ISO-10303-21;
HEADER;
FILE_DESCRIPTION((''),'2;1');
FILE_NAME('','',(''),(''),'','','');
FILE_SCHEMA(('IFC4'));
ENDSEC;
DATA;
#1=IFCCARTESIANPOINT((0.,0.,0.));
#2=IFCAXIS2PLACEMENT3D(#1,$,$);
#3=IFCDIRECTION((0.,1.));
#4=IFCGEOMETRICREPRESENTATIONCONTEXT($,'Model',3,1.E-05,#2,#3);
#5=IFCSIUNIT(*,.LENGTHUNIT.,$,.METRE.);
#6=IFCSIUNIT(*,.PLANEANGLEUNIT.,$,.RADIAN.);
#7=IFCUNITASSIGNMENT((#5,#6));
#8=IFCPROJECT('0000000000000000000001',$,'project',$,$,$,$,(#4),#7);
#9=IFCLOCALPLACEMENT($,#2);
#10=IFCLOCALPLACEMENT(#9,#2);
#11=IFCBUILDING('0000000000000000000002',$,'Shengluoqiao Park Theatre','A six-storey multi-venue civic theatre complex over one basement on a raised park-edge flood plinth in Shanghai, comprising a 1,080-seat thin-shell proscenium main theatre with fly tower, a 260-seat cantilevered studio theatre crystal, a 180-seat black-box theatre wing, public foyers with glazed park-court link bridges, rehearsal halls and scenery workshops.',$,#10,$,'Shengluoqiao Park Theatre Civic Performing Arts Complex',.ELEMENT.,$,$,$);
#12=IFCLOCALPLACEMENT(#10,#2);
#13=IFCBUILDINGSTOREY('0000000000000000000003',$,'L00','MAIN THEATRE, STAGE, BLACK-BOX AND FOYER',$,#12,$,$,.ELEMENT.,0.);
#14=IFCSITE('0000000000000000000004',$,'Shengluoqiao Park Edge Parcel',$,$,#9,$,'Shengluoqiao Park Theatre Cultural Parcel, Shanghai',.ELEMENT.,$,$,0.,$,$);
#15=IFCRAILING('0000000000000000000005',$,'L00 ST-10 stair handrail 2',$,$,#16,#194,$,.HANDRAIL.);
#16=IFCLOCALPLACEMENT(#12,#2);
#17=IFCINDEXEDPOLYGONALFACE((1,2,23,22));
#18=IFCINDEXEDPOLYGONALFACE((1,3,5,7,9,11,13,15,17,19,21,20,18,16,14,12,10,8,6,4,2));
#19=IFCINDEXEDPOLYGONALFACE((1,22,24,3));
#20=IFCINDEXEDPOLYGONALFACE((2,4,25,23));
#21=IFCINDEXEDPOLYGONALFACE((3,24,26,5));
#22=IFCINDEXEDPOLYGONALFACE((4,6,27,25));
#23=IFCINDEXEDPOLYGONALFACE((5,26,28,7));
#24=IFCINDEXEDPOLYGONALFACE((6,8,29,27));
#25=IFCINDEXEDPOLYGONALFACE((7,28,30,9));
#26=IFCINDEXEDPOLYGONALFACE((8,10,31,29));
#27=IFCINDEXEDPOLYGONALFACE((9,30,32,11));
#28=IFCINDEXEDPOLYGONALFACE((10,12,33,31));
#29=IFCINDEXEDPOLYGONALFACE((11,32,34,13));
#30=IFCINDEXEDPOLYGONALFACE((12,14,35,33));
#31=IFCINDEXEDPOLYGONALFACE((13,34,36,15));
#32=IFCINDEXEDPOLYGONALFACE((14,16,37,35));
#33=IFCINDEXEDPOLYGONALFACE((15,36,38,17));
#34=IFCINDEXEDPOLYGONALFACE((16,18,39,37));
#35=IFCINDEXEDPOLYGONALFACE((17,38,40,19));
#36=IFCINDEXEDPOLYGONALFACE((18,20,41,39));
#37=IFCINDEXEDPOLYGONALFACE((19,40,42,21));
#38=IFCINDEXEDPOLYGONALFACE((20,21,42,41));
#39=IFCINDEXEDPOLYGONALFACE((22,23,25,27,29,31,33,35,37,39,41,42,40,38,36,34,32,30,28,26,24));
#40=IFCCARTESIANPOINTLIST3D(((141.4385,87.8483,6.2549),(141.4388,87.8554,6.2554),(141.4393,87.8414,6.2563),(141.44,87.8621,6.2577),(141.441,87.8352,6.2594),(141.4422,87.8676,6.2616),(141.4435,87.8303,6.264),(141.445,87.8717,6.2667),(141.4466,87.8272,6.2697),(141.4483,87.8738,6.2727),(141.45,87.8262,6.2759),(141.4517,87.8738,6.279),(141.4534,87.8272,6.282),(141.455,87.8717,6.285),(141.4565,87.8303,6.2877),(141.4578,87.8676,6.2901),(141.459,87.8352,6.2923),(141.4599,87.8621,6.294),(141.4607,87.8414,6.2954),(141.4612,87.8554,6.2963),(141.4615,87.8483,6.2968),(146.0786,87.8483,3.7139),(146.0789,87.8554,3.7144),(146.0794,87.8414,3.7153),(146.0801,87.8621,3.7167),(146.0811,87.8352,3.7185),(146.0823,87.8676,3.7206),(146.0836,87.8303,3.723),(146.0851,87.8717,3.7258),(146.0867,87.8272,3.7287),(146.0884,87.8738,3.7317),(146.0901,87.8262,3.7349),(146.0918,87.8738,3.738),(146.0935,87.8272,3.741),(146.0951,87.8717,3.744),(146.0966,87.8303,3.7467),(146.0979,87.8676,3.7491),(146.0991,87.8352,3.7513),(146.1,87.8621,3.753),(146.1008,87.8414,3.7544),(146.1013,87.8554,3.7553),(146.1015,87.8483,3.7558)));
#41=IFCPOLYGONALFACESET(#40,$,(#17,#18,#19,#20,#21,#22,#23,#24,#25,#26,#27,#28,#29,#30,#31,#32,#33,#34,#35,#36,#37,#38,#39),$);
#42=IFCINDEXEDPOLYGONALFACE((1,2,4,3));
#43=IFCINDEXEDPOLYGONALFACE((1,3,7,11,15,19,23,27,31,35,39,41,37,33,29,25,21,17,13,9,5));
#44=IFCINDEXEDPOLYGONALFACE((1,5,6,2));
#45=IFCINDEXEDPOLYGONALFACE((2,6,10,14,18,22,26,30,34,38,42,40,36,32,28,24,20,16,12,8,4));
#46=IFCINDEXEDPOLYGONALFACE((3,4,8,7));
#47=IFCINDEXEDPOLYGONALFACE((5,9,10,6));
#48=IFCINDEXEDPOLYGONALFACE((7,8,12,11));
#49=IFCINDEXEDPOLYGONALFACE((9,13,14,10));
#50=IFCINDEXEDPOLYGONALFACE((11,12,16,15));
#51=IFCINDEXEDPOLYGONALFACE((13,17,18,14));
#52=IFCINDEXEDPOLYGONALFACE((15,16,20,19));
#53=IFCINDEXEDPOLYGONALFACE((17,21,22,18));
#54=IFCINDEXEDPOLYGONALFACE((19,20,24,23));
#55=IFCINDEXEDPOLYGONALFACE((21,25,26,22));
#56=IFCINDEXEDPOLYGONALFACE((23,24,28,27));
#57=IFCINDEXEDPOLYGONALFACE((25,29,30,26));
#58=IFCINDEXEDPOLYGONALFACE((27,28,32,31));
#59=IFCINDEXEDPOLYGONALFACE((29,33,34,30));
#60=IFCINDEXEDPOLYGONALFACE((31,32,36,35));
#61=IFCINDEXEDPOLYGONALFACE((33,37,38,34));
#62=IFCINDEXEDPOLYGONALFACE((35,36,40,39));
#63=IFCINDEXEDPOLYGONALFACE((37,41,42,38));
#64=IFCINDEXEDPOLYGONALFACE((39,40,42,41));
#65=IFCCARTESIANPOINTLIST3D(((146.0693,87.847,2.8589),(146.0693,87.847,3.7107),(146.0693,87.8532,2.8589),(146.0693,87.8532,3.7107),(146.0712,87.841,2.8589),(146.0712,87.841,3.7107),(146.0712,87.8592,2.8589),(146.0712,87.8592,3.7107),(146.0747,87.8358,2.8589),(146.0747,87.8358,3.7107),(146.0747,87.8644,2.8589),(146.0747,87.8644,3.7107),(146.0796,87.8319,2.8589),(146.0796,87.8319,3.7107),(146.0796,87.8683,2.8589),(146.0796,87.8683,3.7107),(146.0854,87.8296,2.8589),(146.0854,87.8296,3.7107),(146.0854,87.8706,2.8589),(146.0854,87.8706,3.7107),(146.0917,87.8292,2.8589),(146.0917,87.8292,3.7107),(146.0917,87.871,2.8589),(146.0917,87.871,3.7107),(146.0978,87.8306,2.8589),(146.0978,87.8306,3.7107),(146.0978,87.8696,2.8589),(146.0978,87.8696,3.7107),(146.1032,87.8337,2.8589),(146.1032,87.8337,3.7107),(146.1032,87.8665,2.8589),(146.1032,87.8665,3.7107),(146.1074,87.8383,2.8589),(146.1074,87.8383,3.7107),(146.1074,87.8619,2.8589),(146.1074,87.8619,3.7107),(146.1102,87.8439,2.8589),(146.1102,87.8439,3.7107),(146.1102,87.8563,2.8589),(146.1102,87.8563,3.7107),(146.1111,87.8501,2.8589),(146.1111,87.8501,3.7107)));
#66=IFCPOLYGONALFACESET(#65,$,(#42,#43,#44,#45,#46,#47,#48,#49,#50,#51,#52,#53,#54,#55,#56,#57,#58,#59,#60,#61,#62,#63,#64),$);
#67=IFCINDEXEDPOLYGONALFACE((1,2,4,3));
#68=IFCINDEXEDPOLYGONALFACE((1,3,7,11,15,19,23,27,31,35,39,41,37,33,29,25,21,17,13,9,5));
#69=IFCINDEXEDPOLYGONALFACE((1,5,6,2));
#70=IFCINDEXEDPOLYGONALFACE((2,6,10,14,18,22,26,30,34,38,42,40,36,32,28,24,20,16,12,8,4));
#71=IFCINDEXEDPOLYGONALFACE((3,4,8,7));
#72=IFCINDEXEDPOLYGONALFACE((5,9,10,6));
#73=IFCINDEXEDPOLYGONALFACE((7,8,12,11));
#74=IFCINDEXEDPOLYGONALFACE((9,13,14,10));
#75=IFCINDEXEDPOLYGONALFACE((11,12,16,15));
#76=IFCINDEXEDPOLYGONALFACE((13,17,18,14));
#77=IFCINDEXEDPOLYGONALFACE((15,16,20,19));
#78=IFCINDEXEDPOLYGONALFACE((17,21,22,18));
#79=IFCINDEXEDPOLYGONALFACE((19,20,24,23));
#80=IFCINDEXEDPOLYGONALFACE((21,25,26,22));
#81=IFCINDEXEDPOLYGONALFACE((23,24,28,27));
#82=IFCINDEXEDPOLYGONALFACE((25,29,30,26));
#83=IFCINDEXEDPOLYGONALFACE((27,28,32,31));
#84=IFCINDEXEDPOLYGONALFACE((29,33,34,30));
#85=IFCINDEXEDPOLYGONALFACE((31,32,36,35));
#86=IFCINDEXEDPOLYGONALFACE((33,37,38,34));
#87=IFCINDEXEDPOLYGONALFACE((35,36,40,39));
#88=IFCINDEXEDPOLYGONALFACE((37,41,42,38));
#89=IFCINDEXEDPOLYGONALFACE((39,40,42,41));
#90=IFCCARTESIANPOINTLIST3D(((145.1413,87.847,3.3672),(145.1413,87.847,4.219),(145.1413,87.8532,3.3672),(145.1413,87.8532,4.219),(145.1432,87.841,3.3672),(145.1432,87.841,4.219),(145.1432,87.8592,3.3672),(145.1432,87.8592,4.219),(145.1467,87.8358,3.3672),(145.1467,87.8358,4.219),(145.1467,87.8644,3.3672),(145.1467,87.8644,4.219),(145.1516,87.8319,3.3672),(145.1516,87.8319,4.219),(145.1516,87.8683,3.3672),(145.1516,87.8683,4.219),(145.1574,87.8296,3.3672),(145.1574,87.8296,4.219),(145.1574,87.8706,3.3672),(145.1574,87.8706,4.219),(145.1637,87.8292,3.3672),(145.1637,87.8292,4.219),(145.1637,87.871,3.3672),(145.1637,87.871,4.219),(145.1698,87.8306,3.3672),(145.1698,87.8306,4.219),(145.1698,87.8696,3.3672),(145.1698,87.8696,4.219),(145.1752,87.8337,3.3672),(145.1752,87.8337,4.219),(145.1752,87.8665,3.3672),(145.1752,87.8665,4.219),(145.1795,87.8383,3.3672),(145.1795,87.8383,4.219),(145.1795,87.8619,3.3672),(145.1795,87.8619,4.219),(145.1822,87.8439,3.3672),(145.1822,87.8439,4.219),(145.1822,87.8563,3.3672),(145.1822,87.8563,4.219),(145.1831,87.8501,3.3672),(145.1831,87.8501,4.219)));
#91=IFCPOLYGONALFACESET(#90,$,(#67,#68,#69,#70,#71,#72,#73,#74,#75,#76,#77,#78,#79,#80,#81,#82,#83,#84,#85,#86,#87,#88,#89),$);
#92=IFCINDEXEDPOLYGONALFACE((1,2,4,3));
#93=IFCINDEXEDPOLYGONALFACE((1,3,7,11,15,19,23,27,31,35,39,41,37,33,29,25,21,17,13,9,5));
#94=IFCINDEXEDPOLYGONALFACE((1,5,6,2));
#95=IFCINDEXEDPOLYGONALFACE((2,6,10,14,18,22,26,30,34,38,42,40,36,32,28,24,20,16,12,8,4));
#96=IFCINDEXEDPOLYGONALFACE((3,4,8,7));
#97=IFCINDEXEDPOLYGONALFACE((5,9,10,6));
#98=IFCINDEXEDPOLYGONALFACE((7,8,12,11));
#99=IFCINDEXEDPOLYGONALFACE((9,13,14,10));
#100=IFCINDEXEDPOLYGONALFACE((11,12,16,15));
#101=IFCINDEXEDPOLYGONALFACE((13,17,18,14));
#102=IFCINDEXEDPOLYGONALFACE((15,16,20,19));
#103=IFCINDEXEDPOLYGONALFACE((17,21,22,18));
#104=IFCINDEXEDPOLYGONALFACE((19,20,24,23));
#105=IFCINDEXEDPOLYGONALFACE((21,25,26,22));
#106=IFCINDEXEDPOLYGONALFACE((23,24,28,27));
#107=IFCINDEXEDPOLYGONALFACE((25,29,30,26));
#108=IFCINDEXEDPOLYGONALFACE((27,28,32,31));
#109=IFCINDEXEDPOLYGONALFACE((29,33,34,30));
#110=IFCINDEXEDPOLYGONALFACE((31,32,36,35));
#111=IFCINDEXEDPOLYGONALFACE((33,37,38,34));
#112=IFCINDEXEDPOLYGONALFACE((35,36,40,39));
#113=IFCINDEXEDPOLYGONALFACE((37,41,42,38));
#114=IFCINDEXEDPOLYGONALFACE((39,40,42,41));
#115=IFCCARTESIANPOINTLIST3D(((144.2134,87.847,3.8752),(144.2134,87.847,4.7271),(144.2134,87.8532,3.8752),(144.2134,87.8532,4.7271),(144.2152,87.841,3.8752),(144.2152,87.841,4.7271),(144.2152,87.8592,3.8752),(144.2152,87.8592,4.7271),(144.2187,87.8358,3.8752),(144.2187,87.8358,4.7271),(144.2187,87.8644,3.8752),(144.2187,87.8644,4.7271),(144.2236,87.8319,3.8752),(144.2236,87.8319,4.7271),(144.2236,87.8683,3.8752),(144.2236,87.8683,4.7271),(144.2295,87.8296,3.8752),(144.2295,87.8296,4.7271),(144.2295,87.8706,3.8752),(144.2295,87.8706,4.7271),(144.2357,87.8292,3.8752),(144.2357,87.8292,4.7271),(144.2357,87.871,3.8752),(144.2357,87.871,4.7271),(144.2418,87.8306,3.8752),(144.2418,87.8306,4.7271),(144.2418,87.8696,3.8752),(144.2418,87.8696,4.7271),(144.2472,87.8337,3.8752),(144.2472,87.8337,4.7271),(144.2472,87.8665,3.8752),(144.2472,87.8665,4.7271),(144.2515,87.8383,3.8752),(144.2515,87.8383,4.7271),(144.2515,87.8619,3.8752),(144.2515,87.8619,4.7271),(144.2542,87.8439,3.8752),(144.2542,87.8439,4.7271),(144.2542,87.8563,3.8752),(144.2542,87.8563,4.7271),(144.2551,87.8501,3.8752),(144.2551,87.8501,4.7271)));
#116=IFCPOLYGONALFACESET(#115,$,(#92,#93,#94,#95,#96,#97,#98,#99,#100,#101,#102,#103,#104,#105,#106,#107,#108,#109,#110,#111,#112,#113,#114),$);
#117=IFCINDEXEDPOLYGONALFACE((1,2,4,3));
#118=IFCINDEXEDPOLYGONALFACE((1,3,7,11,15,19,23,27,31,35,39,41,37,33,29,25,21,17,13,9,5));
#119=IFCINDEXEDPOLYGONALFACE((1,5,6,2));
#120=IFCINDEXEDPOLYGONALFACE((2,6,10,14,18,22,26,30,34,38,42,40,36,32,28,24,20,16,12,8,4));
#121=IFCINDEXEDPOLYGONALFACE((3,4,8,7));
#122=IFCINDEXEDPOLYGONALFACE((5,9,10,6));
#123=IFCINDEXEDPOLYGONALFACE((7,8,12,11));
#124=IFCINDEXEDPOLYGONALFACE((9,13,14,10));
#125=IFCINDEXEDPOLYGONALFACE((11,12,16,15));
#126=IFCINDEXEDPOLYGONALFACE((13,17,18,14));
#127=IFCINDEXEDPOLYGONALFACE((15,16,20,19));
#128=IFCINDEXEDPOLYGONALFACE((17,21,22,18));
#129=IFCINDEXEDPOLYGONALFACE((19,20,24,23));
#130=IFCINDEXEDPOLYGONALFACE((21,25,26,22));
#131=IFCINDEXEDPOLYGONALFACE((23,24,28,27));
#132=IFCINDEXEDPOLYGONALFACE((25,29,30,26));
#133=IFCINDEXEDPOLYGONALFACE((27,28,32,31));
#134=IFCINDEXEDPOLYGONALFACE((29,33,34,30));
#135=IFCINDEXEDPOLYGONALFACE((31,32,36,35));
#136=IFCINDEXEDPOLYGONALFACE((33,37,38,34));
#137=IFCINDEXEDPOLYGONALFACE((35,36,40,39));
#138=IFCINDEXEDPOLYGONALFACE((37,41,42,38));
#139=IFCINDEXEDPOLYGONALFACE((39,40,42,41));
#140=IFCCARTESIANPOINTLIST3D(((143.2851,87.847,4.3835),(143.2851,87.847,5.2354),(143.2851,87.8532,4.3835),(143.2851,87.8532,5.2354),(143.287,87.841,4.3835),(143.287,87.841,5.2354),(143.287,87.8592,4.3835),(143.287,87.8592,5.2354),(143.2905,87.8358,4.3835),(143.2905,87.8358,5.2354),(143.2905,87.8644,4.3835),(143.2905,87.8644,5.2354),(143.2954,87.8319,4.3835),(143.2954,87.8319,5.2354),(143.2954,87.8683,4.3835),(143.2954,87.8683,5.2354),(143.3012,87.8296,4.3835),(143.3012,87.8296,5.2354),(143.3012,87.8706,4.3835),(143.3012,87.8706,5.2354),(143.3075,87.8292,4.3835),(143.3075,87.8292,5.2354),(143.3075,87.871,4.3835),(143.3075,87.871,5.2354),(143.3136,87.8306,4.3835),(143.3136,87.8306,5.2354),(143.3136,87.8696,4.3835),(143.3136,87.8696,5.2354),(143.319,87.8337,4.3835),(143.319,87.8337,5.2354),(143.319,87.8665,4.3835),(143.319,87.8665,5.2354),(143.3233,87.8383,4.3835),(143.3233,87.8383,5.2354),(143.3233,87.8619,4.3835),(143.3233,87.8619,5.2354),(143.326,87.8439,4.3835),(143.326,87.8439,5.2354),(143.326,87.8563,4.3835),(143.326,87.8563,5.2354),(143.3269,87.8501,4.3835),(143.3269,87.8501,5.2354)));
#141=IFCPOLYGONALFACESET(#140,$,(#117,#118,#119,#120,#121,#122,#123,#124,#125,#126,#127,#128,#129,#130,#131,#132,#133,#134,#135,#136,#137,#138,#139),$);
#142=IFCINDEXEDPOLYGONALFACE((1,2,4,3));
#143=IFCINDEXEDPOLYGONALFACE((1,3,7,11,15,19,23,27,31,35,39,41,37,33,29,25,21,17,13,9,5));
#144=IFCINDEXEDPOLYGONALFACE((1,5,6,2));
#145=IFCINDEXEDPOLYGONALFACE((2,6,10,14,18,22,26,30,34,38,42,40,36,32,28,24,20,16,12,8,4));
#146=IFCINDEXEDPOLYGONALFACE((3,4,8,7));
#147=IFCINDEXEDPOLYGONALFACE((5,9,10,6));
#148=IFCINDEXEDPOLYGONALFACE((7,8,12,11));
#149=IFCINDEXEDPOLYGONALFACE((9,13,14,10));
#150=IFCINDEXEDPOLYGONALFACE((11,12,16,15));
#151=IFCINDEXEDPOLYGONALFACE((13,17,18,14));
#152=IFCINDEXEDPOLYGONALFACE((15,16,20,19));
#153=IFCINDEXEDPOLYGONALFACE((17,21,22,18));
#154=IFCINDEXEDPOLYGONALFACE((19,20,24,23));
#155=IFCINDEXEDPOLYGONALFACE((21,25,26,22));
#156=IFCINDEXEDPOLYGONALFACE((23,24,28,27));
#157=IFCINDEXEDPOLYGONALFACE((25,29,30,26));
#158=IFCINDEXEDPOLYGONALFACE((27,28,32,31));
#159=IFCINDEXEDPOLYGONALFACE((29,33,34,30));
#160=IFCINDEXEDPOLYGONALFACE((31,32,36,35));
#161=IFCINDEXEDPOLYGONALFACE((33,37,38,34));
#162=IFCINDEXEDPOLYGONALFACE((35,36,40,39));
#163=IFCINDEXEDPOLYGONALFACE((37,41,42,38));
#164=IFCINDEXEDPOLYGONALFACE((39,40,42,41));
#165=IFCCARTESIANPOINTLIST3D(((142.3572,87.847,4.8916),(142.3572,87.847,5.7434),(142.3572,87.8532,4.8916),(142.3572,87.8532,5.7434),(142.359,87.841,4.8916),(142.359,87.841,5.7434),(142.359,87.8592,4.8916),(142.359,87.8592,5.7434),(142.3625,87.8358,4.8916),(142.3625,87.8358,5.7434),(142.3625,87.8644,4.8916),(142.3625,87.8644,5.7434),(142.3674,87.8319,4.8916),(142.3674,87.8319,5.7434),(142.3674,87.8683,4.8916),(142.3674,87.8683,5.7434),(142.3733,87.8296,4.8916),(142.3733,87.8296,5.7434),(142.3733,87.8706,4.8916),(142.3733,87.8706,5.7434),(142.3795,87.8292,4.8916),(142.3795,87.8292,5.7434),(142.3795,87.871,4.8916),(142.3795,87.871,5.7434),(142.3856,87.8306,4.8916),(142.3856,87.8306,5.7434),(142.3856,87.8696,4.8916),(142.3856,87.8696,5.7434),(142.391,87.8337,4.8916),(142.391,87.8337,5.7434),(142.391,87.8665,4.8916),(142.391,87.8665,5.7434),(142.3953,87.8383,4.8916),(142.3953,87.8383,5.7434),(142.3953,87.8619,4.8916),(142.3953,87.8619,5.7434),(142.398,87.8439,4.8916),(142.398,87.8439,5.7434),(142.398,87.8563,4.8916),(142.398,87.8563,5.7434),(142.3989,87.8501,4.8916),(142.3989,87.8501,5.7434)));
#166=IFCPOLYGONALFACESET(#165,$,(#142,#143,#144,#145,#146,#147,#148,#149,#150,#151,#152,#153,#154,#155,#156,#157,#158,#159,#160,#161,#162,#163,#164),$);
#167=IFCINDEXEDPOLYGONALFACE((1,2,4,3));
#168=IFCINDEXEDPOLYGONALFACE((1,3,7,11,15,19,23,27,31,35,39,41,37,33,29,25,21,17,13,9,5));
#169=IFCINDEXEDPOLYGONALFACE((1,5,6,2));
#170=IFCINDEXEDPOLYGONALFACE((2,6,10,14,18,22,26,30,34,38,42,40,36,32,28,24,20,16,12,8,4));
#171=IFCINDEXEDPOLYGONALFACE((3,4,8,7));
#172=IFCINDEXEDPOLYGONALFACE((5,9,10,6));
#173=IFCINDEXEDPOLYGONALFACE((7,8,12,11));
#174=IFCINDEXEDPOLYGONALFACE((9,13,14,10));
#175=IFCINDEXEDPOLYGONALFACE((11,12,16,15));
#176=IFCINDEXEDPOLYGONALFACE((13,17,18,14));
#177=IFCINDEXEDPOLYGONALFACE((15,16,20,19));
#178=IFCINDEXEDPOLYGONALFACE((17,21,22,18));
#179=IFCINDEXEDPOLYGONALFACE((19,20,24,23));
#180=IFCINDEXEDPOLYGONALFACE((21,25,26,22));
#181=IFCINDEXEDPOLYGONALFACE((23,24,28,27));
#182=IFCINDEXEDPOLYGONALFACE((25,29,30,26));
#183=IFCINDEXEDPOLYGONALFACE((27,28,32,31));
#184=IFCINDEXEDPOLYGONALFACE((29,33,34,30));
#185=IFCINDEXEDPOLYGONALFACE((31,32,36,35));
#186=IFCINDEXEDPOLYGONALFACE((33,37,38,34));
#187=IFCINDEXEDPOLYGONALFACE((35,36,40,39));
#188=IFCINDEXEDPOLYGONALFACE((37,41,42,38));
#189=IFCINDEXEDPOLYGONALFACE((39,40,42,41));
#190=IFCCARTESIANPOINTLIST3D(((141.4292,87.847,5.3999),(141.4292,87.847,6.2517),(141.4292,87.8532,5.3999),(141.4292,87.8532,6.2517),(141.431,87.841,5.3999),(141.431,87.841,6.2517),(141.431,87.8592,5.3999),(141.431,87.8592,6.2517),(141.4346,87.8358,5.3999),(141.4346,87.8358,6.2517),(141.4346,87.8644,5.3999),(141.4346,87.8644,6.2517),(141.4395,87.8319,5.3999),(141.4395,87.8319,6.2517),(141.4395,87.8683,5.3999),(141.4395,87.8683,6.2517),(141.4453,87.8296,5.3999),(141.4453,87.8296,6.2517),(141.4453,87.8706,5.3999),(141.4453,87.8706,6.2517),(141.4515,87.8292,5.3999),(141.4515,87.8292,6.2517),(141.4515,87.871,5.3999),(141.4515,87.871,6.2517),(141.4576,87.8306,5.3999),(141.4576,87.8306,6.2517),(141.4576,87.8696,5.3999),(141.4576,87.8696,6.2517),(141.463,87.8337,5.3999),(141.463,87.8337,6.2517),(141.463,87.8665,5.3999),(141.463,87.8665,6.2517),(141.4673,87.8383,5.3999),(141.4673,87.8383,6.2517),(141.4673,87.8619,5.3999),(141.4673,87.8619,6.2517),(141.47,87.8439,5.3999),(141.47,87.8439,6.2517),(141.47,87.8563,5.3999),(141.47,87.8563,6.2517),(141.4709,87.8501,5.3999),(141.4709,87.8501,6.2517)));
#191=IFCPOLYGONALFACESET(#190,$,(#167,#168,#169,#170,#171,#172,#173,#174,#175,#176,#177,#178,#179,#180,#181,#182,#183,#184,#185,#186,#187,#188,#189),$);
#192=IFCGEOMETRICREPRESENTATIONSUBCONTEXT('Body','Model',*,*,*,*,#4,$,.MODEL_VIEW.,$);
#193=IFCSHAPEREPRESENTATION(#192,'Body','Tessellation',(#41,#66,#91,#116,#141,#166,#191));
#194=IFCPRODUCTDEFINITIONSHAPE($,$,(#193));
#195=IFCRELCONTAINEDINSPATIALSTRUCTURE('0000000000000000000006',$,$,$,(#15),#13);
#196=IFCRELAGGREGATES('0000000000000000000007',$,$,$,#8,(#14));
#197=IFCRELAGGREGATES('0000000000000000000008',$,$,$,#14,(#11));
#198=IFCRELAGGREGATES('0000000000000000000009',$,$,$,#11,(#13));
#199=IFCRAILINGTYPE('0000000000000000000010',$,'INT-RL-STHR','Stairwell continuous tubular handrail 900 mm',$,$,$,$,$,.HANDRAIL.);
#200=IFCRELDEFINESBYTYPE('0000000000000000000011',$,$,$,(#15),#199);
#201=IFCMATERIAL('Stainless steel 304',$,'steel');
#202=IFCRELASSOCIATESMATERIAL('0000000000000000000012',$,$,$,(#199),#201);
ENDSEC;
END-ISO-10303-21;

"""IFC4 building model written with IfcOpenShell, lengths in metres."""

from ifc_helpers import new_model, si_unit, direction, frame, origin, origin_2d, place, context, subcontext, project, spatial, circle, extrude, material, type_object, element, save


model = new_model("IFC4")

# Units and contexts
model_context = context("Model", 3, precision=1e-05, world=origin(), true_north=direction((0.0, 1.0)))
body_context = subcontext(model_context, "Body", "Model", "MODEL_VIEW")
ifc_project = project(units=[si_unit("LENGTHUNIT", "METRE"), si_unit("PLANEANGLEUNIT", "RADIAN")], contexts=[model_context])

# Site, building, storey
site_placement = place(None, origin())
site = spatial("IfcSite", under=ifc_project, at=site_placement, Name="Shengluoqiao Park Edge Parcel", LongName="Shengluoqiao Park Theatre Cultural Parcel, Shanghai", CompositionType="ELEMENT", RefElevation=0.0)
building_placement = place(site_placement, origin())
building = spatial("IfcBuilding", under=site, at=building_placement, Name="Shengluoqiao Park Theatre", Description="A six-storey multi-venue civic theatre complex over one basement on a raised park-edge flood plinth in Shanghai, comprising a 1,080-seat thin-shell proscenium main theatre with fly tower, a 260-seat cantilevered studio theatre crystal, a 180-seat black-box theatre wing, public foyers with glazed park-court link bridges, rehearsal halls and scenery workshops.", LongName="Shengluoqiao Park Theatre Civic Performing Arts Complex", CompositionType="ELEMENT")
storey_placement = place(building_placement, origin())
storey = spatial("IfcBuildingStorey", under=building, at=storey_placement, Name="L00", Description="MAIN THEATRE, STAGE, BLACK-BOX AND FOYER", CompositionType="ELEMENT", Elevation=0.0)

# Railing
ifc_material_1 = material(Name="Stainless steel 304", Category="steel")
railing_type_1 = type_object("IfcRailingType", Name="INT-RL-STHR", Description="Stairwell continuous tubular handrail 900 mm", PredefinedType="HANDRAIL", material=ifc_material_1)
railing_1_placement = place(storey_placement, frame((146.0901, 87.8501, 2.8589)))
element("IfcRailing", 1, at=railing_1_placement, inside=storey, type_object=railing_type_1, Name="L00 ST-10 stair handrail 2", PredefinedType="HANDRAIL", context=body_context, shape_type="SweptSolid", body=[
    extrude(circle(Radius=0.0239, at=origin_2d()), frame((0.0, 0.0, 0.876), z_axis=(-0.877097, 0.0, 0.480313), x_axis=(0.0, -1.0, 0.0)), (0.0, 0.0, 1.0), 5.2903),
    extrude(circle(Radius=0.021, at=origin_2d()), origin(), (0.0, 0.0, 1.0), 0.8518),
    extrude(circle(Radius=0.021, at=origin_2d()), frame((-0.928, 0.0, 0.5083)), (0.0, 0.0, 1.0), 0.8518),
    extrude(circle(Radius=0.021, at=origin_2d()), frame((-1.856, 0.0, 1.0164)), (0.0, 0.0, 1.0), 0.8518),
    extrude(circle(Radius=0.021, at=origin_2d()), frame((-2.7842, 0.0, 1.5247)), (0.0, 0.0, 1.0), 0.8518),
    extrude(circle(Radius=0.021, at=origin_2d()), frame((-3.7122, 0.0, 2.0327)), (0.0, 0.0, 1.0), 0.8518),
    extrude(circle(Radius=0.021, at=origin_2d()), frame((-4.6401, 0.0, 2.541)), (0.0, 0.0, 1.0), 0.8518),
])

save(model, "model.ifc")
